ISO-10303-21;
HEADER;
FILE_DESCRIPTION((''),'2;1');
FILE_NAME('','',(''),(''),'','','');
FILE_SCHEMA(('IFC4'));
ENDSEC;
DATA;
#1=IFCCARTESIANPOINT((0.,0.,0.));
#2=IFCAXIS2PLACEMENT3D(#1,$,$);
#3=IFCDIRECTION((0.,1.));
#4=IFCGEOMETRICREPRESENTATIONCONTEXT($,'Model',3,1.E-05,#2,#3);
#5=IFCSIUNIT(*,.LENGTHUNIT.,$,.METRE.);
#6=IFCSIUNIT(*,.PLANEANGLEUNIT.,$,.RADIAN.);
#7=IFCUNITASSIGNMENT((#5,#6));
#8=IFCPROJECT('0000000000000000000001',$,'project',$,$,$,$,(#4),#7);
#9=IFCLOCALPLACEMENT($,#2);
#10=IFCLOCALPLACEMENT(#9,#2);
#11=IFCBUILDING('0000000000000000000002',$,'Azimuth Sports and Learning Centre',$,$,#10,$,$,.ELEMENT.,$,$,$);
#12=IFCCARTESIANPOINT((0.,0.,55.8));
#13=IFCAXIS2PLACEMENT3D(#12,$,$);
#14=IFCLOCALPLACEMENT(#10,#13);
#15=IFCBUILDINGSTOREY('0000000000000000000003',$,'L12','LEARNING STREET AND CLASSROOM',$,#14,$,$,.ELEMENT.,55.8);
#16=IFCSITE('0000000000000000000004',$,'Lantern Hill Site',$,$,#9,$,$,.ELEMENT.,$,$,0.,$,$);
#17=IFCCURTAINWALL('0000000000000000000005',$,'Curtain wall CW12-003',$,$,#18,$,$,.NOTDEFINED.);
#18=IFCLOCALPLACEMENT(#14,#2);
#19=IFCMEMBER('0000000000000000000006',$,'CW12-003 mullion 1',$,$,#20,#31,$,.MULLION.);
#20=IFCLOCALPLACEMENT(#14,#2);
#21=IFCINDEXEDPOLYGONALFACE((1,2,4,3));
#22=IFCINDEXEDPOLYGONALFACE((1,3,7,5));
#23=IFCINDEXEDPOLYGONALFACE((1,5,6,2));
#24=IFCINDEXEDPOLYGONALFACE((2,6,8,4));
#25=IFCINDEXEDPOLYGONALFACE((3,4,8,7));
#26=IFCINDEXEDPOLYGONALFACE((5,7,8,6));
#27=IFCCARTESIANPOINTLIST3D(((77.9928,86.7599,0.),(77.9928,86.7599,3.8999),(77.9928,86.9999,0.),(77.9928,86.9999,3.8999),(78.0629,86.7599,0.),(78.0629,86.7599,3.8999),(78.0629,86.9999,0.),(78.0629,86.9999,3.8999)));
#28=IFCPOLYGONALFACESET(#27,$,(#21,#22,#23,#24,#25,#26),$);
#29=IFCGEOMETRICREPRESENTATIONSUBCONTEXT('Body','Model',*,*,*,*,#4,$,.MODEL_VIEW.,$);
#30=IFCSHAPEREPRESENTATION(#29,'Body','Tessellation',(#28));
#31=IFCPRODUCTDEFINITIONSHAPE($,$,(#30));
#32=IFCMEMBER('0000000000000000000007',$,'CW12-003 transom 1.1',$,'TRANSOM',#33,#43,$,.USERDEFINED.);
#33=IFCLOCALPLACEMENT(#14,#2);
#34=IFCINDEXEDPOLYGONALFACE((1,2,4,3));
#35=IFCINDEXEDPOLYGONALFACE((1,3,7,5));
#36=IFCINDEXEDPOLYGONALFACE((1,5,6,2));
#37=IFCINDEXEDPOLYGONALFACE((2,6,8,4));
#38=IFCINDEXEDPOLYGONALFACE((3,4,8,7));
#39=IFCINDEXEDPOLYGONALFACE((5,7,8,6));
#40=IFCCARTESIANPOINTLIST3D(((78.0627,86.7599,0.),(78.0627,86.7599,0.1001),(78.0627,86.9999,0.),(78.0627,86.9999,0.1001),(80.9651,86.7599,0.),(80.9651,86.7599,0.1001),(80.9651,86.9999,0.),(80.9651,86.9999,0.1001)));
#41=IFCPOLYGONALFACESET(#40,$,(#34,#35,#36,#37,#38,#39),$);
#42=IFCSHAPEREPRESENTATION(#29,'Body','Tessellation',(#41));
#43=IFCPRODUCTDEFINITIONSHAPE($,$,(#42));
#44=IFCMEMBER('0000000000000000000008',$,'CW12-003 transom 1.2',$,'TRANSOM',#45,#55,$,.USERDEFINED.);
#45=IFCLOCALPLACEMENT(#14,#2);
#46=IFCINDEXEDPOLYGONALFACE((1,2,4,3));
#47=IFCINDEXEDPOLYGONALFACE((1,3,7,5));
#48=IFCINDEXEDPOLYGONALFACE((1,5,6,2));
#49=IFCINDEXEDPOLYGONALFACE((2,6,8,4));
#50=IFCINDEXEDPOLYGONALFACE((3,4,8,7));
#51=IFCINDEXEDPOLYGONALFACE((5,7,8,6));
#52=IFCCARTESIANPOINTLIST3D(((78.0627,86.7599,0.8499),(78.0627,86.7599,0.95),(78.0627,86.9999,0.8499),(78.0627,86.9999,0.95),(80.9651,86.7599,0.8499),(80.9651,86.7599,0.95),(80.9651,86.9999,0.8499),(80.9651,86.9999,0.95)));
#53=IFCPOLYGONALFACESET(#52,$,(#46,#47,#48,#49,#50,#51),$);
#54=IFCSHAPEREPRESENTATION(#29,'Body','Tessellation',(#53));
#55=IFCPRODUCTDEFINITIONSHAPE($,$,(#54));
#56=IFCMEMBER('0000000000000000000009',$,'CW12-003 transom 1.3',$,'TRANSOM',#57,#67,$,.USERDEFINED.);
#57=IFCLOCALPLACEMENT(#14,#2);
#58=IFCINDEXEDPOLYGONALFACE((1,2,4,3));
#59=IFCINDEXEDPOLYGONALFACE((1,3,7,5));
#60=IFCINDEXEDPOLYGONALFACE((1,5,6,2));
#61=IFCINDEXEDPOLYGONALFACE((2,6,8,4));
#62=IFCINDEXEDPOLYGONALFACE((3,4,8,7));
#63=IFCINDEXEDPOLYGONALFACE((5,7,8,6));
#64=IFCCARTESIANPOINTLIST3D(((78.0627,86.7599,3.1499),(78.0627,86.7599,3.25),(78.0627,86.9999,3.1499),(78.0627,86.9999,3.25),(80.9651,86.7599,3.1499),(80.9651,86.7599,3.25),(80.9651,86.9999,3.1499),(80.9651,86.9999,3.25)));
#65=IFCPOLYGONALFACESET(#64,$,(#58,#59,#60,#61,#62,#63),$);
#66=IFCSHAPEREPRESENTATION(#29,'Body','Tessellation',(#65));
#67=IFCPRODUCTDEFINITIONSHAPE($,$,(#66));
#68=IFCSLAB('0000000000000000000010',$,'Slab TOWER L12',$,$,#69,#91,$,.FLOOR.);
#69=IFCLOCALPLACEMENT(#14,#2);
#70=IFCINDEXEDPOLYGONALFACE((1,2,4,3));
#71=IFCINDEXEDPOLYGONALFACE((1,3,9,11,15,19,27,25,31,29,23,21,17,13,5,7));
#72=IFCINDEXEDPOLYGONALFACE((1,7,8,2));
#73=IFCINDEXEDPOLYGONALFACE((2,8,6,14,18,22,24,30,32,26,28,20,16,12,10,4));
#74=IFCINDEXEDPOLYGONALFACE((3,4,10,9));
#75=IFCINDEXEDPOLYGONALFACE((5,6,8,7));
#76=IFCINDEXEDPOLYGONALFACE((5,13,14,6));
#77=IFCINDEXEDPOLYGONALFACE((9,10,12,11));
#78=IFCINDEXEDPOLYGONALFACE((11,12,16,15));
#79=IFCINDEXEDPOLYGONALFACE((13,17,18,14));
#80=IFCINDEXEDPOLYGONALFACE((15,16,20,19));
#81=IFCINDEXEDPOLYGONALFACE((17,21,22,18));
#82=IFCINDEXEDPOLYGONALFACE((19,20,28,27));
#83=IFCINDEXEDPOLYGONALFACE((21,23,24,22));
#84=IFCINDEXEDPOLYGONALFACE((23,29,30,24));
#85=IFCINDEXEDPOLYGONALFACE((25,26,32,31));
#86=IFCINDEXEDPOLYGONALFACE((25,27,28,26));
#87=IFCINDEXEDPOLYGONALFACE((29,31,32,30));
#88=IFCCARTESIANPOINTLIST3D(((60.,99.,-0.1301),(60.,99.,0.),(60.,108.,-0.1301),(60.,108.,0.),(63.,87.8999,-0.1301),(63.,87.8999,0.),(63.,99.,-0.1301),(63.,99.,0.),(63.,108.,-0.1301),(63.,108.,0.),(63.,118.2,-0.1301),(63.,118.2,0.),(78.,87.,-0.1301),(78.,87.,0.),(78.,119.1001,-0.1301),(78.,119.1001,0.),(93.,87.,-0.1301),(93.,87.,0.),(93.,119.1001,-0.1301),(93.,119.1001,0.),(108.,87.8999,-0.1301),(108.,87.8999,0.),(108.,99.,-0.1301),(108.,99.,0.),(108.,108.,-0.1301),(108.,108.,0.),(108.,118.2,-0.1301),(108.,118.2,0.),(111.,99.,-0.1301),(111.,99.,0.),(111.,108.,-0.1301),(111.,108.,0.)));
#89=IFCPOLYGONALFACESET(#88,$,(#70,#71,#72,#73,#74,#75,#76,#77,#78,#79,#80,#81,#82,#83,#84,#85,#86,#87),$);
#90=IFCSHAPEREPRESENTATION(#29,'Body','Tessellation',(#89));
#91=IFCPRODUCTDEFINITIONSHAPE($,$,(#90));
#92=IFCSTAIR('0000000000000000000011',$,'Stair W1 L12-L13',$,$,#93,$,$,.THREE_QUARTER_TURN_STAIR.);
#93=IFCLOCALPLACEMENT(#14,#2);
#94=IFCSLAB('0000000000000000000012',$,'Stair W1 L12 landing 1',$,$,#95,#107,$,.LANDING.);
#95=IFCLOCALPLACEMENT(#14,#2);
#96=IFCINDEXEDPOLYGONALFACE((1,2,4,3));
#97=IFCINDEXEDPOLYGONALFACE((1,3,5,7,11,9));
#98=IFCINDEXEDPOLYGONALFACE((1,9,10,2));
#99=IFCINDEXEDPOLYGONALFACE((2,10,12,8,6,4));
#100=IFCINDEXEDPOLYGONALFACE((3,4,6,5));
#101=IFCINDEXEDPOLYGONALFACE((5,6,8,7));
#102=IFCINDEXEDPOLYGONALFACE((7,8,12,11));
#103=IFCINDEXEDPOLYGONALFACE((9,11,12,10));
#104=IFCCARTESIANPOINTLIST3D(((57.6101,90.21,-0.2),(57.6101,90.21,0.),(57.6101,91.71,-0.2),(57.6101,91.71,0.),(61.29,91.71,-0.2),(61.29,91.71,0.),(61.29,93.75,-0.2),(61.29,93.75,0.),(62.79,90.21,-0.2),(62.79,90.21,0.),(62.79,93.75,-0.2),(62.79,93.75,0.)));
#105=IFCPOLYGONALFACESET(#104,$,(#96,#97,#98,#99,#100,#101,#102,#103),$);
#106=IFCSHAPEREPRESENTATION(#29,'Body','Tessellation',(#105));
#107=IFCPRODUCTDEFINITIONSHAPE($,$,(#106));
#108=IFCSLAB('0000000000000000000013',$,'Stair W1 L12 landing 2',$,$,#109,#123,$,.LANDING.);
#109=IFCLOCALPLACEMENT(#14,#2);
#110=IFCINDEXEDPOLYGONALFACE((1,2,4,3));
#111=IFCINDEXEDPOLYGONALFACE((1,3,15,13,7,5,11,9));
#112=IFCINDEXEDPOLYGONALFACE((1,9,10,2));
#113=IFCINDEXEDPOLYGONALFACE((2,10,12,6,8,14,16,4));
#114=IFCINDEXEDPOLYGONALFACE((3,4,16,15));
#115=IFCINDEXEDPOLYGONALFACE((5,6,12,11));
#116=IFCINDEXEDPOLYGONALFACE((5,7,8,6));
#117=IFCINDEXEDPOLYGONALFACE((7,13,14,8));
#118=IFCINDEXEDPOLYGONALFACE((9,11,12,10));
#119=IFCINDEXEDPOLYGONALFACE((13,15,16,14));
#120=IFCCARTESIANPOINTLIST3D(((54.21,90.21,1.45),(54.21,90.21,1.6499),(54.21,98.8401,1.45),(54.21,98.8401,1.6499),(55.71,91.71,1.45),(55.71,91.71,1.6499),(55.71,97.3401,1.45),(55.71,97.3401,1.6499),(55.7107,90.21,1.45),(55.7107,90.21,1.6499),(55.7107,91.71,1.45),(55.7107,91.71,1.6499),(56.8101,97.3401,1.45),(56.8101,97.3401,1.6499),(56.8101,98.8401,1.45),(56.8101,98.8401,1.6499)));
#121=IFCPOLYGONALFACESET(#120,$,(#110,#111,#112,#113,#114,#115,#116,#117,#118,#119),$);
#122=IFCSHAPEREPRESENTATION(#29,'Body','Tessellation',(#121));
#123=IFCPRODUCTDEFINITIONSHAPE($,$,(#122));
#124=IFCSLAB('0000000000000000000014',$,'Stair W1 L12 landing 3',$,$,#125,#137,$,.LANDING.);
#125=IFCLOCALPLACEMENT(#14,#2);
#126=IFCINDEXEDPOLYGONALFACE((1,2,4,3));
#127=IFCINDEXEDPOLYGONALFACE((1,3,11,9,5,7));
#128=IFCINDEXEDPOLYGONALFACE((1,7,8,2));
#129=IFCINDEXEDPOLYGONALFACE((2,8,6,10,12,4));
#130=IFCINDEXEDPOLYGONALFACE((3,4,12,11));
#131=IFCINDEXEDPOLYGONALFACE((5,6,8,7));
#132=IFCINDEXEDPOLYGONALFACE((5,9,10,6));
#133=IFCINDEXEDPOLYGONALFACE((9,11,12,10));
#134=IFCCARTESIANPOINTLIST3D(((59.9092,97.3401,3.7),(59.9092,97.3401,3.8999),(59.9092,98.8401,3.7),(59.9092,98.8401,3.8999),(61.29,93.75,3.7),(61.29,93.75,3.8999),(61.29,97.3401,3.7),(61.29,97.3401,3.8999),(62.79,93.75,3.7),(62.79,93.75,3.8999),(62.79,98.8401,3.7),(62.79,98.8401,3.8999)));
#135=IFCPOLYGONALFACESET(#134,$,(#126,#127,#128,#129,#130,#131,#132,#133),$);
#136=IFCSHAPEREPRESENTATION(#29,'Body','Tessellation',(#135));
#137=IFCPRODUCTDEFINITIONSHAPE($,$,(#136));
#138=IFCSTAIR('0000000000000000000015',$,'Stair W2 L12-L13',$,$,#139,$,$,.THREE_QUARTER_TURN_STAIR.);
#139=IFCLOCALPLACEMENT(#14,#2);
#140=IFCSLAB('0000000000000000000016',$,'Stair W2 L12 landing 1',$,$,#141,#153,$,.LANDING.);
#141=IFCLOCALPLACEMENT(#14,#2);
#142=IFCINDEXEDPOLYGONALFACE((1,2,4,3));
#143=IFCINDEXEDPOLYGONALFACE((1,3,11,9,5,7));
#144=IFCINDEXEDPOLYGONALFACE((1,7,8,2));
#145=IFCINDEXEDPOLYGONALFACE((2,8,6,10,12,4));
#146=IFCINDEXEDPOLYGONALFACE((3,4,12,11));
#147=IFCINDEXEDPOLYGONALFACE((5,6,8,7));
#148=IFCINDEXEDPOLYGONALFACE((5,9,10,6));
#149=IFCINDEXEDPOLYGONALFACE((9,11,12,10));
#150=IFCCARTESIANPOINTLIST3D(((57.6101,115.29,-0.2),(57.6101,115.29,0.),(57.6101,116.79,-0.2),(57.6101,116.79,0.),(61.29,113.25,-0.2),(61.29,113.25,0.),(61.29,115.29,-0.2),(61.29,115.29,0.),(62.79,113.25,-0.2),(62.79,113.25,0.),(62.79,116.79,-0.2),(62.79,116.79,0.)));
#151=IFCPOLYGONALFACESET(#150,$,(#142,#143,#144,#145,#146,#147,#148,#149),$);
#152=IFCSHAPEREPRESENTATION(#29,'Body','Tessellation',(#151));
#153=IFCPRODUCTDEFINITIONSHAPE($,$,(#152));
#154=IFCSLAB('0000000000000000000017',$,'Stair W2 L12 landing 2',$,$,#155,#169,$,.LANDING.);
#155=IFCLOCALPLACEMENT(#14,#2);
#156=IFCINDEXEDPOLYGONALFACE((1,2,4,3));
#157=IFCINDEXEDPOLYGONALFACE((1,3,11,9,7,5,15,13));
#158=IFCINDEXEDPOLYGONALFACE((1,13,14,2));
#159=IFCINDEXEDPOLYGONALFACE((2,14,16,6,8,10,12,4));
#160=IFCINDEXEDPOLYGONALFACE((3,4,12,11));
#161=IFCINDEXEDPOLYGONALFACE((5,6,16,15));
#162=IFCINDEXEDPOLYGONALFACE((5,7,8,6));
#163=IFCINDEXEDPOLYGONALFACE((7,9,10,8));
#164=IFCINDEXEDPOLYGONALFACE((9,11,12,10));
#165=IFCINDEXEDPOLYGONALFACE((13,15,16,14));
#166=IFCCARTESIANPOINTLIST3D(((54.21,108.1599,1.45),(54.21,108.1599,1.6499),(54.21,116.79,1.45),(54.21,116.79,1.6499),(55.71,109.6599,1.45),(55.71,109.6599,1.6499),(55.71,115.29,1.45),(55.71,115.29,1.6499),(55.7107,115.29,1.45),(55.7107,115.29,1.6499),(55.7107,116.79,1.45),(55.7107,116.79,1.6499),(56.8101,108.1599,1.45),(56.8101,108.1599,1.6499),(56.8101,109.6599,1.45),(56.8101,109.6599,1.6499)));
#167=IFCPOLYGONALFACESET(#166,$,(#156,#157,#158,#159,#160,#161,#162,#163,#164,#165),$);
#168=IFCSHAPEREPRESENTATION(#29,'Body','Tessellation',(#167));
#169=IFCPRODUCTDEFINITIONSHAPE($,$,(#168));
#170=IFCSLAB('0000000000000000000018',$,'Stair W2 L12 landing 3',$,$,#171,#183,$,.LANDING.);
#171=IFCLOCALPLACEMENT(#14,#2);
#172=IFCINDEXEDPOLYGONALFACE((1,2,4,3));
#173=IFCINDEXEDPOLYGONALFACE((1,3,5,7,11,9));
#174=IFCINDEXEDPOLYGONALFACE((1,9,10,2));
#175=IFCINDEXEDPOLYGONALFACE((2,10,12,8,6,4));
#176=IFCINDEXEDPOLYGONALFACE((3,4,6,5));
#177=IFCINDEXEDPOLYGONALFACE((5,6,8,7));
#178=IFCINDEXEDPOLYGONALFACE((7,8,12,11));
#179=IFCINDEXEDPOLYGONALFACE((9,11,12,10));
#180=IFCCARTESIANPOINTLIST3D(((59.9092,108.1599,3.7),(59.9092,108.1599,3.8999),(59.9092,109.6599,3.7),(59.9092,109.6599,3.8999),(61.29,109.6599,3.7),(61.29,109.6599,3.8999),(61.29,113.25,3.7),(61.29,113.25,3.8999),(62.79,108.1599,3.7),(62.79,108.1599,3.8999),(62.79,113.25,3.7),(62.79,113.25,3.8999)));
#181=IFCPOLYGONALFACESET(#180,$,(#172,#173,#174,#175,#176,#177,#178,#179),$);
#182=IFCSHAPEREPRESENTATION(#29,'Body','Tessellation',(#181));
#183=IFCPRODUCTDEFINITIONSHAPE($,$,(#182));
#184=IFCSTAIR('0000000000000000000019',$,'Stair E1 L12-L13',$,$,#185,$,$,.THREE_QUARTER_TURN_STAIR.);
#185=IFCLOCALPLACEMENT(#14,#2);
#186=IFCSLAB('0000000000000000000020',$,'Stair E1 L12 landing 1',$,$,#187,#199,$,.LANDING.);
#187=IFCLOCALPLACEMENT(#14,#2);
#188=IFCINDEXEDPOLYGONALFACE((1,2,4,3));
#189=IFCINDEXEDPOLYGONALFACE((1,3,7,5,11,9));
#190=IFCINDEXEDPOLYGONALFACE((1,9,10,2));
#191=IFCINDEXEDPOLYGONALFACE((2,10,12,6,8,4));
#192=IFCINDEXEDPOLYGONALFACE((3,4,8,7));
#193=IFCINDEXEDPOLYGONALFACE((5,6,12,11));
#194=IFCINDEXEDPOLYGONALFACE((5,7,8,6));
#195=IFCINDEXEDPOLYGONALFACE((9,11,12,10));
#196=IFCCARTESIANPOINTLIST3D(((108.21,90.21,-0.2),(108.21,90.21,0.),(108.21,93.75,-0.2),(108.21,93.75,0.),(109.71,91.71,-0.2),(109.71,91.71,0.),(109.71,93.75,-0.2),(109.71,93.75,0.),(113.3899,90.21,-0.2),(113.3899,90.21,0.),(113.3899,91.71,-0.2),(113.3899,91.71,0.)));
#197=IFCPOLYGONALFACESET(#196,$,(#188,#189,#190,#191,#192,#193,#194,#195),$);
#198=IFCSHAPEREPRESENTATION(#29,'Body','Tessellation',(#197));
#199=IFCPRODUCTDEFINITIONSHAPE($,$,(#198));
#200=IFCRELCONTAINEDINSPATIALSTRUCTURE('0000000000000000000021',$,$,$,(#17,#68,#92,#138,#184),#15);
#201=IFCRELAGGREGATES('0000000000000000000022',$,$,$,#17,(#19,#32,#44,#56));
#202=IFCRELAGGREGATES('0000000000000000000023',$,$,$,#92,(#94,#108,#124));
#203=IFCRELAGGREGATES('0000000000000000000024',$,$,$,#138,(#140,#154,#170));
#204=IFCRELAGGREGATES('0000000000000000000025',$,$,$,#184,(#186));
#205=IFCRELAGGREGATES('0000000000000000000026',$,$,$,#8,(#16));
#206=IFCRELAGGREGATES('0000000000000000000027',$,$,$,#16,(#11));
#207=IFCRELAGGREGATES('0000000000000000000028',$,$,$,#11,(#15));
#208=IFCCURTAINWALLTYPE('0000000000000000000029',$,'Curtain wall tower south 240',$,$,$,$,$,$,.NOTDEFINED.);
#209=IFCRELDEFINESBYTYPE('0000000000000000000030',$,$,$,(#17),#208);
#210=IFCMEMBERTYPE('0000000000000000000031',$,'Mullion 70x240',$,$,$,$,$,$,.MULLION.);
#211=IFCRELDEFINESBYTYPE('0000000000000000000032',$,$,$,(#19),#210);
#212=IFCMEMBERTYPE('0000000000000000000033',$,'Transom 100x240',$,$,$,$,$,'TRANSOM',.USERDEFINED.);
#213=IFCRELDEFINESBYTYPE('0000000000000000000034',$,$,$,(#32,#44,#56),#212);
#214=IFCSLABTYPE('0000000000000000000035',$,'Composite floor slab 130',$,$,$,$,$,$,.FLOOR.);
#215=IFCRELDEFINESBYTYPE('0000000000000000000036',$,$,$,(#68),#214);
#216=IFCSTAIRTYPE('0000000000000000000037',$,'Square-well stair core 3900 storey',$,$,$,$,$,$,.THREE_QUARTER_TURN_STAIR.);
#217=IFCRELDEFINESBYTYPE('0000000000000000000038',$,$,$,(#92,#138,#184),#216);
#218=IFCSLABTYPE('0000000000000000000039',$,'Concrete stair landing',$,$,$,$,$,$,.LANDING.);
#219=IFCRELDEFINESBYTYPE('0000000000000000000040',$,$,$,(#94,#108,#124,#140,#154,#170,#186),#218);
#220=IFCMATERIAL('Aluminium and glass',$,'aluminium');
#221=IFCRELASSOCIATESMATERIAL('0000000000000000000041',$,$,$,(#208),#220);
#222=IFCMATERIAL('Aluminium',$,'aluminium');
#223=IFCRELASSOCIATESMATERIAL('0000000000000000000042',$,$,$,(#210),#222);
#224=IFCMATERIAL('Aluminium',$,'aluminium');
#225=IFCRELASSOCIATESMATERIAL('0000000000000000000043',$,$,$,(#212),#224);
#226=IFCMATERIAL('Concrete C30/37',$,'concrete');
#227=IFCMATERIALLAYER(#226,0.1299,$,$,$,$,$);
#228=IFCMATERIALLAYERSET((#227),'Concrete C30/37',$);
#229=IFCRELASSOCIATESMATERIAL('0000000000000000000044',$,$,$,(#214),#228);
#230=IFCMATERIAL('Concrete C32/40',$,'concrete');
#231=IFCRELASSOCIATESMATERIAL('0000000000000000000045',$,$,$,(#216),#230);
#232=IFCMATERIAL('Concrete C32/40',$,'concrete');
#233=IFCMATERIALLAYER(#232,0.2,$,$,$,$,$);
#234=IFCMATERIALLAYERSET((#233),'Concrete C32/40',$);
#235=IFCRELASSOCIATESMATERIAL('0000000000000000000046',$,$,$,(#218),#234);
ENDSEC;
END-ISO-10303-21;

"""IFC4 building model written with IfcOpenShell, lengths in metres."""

from ifc_helpers import new_model, si_unit, direction, frame, origin, origin_2d, place, context, subcontext, project, spatial, polyline, rectangle, outline, extrude, material, layer, layer_set, material_profile, profile_set, type_object, element, aggregate, save


model = new_model("IFC4")

# Units and contexts
model_context = context("Model", 3, precision=1e-05, world=origin(), true_north=direction((0.0, 1.0)))
body_context = subcontext(model_context, "Body", "Model", "MODEL_VIEW")
ifc_project = project(units=[si_unit("LENGTHUNIT", "METRE"), si_unit("PLANEANGLEUNIT", "RADIAN")], contexts=[model_context])

# Site, building, storey
site_placement = place(None, origin())
site = spatial("IfcSite", under=ifc_project, at=site_placement, Name="Lantern Hill Site", CompositionType="ELEMENT", RefElevation=0.0)
building_placement = place(site_placement, origin())
building = spatial("IfcBuilding", under=site, at=building_placement, Name="Azimuth Sports and Learning Centre", CompositionType="ELEMENT")
storey_placement = place(building_placement, frame((0.0, 0.0, 55.8)))
storey = spatial("IfcBuildingStorey", under=building, at=storey_placement, Name="L12", Description="LEARNING STREET AND CLASSROOM", CompositionType="ELEMENT", Elevation=55.8)

# Curtain wall, members
ifc_material_1 = material(Name="Aluminium and glass", Category="aluminium")
curtain_wall_type = type_object("IfcCurtainWallType", Name="Curtain wall tower south 240", PredefinedType="NOTDEFINED", material=ifc_material_1)
curtain_wall_placement = place(storey_placement, origin())
curtain_wall = element("IfcCurtainWall", 1, at=curtain_wall_placement, inside=storey, type_object=curtain_wall_type, Name="Curtain wall CW12-003", PredefinedType="NOTDEFINED")
ifc_material_2 = material(Name="Aluminium", Category="aluminium")
ifc_material_profile_1 = material_profile(ifc_material_2, rectangle(XDim=0.24, YDim=0.0701, at=origin_2d()), Name="Mullion 70x240")
ifc_profile_set_1 = profile_set([ifc_material_profile_1], Name="Aluminium")
member_type_1 = type_object("IfcMemberType", Name="Mullion 70x240", PredefinedType="MULLION", material=ifc_profile_set_1)
member_1_placement = place(storey_placement, frame((78.0278, 86.8799, 0.0), z_axis=(0.0, 0.0, 1.0), x_axis=(0.0, 1.0, 0.0)))
member_1 = element("IfcMember", 2, at=member_1_placement, type_object=member_type_1, Name="CW12-003 mullion 1", PredefinedType="MULLION", context=body_context, shape_type="SweptSolid", body=[
    extrude(rectangle(XDim=0.24, YDim=0.0701, at=origin_2d()), origin(), (0.0, 0.0, 1.0), 3.8999),
])
ifc_material_3 = material(Name="Aluminium", Category="aluminium")
ifc_material_profile_2 = material_profile(ifc_material_3, rectangle(XDim=0.24, YDim=0.1001, at=origin_2d()), Name="Transom 100x240")
ifc_profile_set_2 = profile_set([ifc_material_profile_2], Name="Aluminium")
member_type_2 = type_object("IfcMemberType", Name="Transom 100x240", ElementType="TRANSOM", PredefinedType="USERDEFINED", material=ifc_profile_set_2)
member_2_placement = place(storey_placement, frame((78.0627, 86.8799, 0.05), z_axis=(1.0, 0.0, 0.0), x_axis=(0.0, 1.0, 0.0)))
member_2 = element("IfcMember", 3, at=member_2_placement, type_object=member_type_2, Name="CW12-003 transom 1.1", ObjectType="TRANSOM", PredefinedType="USERDEFINED", context=body_context, shape_type="SweptSolid", body=[
    extrude(rectangle(XDim=0.24, YDim=0.1001, at=origin_2d()), origin(), (0.0, 0.0, 1.0), 2.9023),
])
member_3_placement = place(storey_placement, frame((78.0627, 86.8799, 0.8999), z_axis=(1.0, 0.0, 0.0), x_axis=(0.0, 1.0, 0.0)))
member_3 = element("IfcMember", 4, at=member_3_placement, type_object=member_type_2, Name="CW12-003 transom 1.2", ObjectType="TRANSOM", PredefinedType="USERDEFINED", context=body_context, shape_type="SweptSolid", body=[
    extrude(rectangle(XDim=0.24, YDim=0.1001, at=origin_2d()), origin(), (0.0, 0.0, 1.0), 2.9023),
])
member_4_placement = place(storey_placement, frame((78.0627, 86.8799, 3.2), z_axis=(1.0, 0.0, 0.0), x_axis=(0.0, 1.0, 0.0)))
member_4 = element("IfcMember", 5, at=member_4_placement, type_object=member_type_2, Name="CW12-003 transom 1.3", ObjectType="TRANSOM", PredefinedType="USERDEFINED", context=body_context, shape_type="SweptSolid", body=[
    extrude(rectangle(XDim=0.24, YDim=0.1001, at=origin_2d()), origin(), (0.0, 0.0, 1.0), 2.9023),
])
aggregate(curtain_wall, [member_1, member_2, member_3, member_4])

# Slab
ifc_material_4 = material(Name="Concrete C30/37", Category="concrete")
ifc_layer_1 = layer(ifc_material_4, 0.1299)
ifc_layer_set_1 = layer_set([ifc_layer_1], Name="Concrete C30/37")
slab_type_1 = type_object("IfcSlabType", Name="Composite floor slab 130", PredefinedType="FLOOR", material=ifc_layer_set_1)
slab_1_placement = place(storey_placement, frame((0.0, 0.0, -0.1301)))
element("IfcSlab", 6, at=slab_1_placement, inside=storey, type_object=slab_type_1, Name="Slab TOWER L12", PredefinedType="FLOOR", context=body_context, shape_type="SweptSolid", body=[
    extrude(outline(polyline([(78.0, 87.0), (93.0, 87.0), (108.0, 87.8999), (108.0, 99.0), (111.0, 99.0), (111.0, 108.0), (108.0, 108.0), (108.0, 118.2), (93.0, 119.1001), (78.0, 119.1001), (63.0, 118.2), (63.0, 108.0), (60.0, 108.0), (60.0, 99.0), (63.0, 99.0), (63.0, 87.8999), (78.0, 87.0)])), origin(), (0.0, 0.0, 1.0), 0.1301),
])

# Stairs, slabs
ifc_material_5 = material(Name="Concrete C32/40", Category="concrete")
stair_type = type_object("IfcStairType", Name="Square-well stair core 3900 storey", PredefinedType="THREE_QUARTER_TURN_STAIR", material=ifc_material_5)
stair_1_placement = place(storey_placement, origin())
stair_1 = element("IfcStair", 7, at=stair_1_placement, inside=storey, type_object=stair_type, Name="Stair W1 L12-L13", PredefinedType="THREE_QUARTER_TURN_STAIR")
ifc_material_6 = material(Name="Concrete C32/40", Category="concrete")
ifc_layer_2 = layer(ifc_material_6, 0.2)
ifc_layer_set_2 = layer_set([ifc_layer_2], Name="Concrete C32/40")
slab_type_2 = type_object("IfcSlabType", Name="Concrete stair landing", PredefinedType="LANDING", material=ifc_layer_set_2)
slab_2_placement = place(storey_placement, frame((0.0, 0.0, -0.2)))
slab_2 = element("IfcSlab", 8, at=slab_2_placement, type_object=slab_type_2, Name="Stair W1 L12 landing 1", PredefinedType="LANDING", context=body_context, shape_type="SweptSolid", body=[
    extrude(outline(polyline([(62.79, 90.21), (62.79, 93.75), (61.29, 93.75), (61.29, 91.71), (57.6101, 91.71), (57.6101, 90.21), (62.79, 90.21)])), origin(), (0.0, 0.0, 1.0), 0.2),
])
slab_3_placement = place(storey_placement, frame((0.0, 0.0, 1.45)))
slab_3 = element("IfcSlab", 9, at=slab_3_placement, type_object=slab_type_2, Name="Stair W1 L12 landing 2", PredefinedType="LANDING", context=body_context, shape_type="SweptSolid", body=[
    extrude(outline(polyline([(55.71, 91.71), (55.71, 97.3401), (56.8101, 97.3401), (56.8101, 98.8401), (54.21, 98.8401), (54.21, 90.21), (55.7107, 90.21), (55.7107, 91.71), (55.71, 91.71)])), origin(), (0.0, 0.0, 1.0), 0.2),
])
slab_4_placement = place(storey_placement, frame((0.0, 0.0, 3.7)))
slab_4 = element("IfcSlab", 10, at=slab_4_placement, type_object=slab_type_2, Name="Stair W1 L12 landing 3", PredefinedType="LANDING", context=body_context, shape_type="SweptSolid", body=[
    extrude(outline(polyline([(61.29, 97.3401), (61.29, 93.75), (62.79, 93.75), (62.79, 98.8401), (59.9092, 98.8401), (59.9092, 97.3401), (61.29, 97.3401)])), origin(), (0.0, 0.0, 1.0), 0.2),
])
aggregate(stair_1, [slab_2, slab_3, slab_4])
stair_2_placement = place(storey_placement, origin())
stair_2 = element("IfcStair", 11, at=stair_2_placement, inside=storey, type_object=stair_type, Name="Stair W2 L12-L13", PredefinedType="THREE_QUARTER_TURN_STAIR")
slab_5_placement = place(storey_placement, frame((0.0, 0.0, -0.2)))
slab_5 = element("IfcSlab", 12, at=slab_5_placement, type_object=slab_type_2, Name="Stair W2 L12 landing 1", PredefinedType="LANDING", context=body_context, shape_type="SweptSolid", body=[
    extrude(outline(polyline([(57.6101, 115.29), (61.29, 115.29), (61.29, 113.25), (62.79, 113.25), (62.79, 116.79), (57.6101, 116.79), (57.6101, 115.29)])), origin(), (0.0, 0.0, 1.0), 0.2),
])
slab_6_placement = place(storey_placement, frame((0.0, 0.0, 1.45)))
slab_6 = element("IfcSlab", 13, at=slab_6_placement, type_object=slab_type_2, Name="Stair W2 L12 landing 2", PredefinedType="LANDING", context=body_context, shape_type="SweptSolid", body=[
    extrude(outline(polyline([(55.71, 115.29), (55.7107, 115.29), (55.7107, 116.79), (54.21, 116.79), (54.21, 108.1599), (56.8101, 108.1599), (56.8101, 109.6599), (55.71, 109.6599), (55.71, 115.29)])), origin(), (0.0, 0.0, 1.0), 0.2),
])
slab_7_placement = place(storey_placement, frame((0.0, 0.0, 3.7)))
slab_7 = element("IfcSlab", 14, at=slab_7_placement, type_object=slab_type_2, Name="Stair W2 L12 landing 3", PredefinedType="LANDING", context=body_context, shape_type="SweptSolid", body=[
    extrude(outline(polyline([(61.29, 109.6599), (59.9092, 109.6599), (59.9092, 108.1599), (62.79, 108.1599), (62.79, 113.25), (61.29, 113.25), (61.29, 109.6599)])), origin(), (0.0, 0.0, 1.0), 0.2),
])
aggregate(stair_2, [slab_5, slab_6, slab_7])
stair_3_placement = place(storey_placement, origin())
stair_3 = element("IfcStair", 15, at=stair_3_placement, inside=storey, type_object=stair_type, Name="Stair E1 L12-L13", PredefinedType="THREE_QUARTER_TURN_STAIR")
slab_8_placement = place(storey_placement, frame((0.0, 0.0, -0.2)))
slab_8 = element("IfcSlab", 16, at=slab_8_placement, type_object=slab_type_2, Name="Stair E1 L12 landing 1", PredefinedType="LANDING", context=body_context, shape_type="SweptSolid", body=[
    extrude(outline(polyline([(113.3899, 91.71), (109.71, 91.71), (109.71, 93.75), (108.21, 93.75), (108.21, 90.21), (113.3899, 90.21), (113.3899, 91.71)])), origin(), (0.0, 0.0, 1.0), 0.2),
])
aggregate(stair_3, [slab_8])

save(model, "model.ifc")
